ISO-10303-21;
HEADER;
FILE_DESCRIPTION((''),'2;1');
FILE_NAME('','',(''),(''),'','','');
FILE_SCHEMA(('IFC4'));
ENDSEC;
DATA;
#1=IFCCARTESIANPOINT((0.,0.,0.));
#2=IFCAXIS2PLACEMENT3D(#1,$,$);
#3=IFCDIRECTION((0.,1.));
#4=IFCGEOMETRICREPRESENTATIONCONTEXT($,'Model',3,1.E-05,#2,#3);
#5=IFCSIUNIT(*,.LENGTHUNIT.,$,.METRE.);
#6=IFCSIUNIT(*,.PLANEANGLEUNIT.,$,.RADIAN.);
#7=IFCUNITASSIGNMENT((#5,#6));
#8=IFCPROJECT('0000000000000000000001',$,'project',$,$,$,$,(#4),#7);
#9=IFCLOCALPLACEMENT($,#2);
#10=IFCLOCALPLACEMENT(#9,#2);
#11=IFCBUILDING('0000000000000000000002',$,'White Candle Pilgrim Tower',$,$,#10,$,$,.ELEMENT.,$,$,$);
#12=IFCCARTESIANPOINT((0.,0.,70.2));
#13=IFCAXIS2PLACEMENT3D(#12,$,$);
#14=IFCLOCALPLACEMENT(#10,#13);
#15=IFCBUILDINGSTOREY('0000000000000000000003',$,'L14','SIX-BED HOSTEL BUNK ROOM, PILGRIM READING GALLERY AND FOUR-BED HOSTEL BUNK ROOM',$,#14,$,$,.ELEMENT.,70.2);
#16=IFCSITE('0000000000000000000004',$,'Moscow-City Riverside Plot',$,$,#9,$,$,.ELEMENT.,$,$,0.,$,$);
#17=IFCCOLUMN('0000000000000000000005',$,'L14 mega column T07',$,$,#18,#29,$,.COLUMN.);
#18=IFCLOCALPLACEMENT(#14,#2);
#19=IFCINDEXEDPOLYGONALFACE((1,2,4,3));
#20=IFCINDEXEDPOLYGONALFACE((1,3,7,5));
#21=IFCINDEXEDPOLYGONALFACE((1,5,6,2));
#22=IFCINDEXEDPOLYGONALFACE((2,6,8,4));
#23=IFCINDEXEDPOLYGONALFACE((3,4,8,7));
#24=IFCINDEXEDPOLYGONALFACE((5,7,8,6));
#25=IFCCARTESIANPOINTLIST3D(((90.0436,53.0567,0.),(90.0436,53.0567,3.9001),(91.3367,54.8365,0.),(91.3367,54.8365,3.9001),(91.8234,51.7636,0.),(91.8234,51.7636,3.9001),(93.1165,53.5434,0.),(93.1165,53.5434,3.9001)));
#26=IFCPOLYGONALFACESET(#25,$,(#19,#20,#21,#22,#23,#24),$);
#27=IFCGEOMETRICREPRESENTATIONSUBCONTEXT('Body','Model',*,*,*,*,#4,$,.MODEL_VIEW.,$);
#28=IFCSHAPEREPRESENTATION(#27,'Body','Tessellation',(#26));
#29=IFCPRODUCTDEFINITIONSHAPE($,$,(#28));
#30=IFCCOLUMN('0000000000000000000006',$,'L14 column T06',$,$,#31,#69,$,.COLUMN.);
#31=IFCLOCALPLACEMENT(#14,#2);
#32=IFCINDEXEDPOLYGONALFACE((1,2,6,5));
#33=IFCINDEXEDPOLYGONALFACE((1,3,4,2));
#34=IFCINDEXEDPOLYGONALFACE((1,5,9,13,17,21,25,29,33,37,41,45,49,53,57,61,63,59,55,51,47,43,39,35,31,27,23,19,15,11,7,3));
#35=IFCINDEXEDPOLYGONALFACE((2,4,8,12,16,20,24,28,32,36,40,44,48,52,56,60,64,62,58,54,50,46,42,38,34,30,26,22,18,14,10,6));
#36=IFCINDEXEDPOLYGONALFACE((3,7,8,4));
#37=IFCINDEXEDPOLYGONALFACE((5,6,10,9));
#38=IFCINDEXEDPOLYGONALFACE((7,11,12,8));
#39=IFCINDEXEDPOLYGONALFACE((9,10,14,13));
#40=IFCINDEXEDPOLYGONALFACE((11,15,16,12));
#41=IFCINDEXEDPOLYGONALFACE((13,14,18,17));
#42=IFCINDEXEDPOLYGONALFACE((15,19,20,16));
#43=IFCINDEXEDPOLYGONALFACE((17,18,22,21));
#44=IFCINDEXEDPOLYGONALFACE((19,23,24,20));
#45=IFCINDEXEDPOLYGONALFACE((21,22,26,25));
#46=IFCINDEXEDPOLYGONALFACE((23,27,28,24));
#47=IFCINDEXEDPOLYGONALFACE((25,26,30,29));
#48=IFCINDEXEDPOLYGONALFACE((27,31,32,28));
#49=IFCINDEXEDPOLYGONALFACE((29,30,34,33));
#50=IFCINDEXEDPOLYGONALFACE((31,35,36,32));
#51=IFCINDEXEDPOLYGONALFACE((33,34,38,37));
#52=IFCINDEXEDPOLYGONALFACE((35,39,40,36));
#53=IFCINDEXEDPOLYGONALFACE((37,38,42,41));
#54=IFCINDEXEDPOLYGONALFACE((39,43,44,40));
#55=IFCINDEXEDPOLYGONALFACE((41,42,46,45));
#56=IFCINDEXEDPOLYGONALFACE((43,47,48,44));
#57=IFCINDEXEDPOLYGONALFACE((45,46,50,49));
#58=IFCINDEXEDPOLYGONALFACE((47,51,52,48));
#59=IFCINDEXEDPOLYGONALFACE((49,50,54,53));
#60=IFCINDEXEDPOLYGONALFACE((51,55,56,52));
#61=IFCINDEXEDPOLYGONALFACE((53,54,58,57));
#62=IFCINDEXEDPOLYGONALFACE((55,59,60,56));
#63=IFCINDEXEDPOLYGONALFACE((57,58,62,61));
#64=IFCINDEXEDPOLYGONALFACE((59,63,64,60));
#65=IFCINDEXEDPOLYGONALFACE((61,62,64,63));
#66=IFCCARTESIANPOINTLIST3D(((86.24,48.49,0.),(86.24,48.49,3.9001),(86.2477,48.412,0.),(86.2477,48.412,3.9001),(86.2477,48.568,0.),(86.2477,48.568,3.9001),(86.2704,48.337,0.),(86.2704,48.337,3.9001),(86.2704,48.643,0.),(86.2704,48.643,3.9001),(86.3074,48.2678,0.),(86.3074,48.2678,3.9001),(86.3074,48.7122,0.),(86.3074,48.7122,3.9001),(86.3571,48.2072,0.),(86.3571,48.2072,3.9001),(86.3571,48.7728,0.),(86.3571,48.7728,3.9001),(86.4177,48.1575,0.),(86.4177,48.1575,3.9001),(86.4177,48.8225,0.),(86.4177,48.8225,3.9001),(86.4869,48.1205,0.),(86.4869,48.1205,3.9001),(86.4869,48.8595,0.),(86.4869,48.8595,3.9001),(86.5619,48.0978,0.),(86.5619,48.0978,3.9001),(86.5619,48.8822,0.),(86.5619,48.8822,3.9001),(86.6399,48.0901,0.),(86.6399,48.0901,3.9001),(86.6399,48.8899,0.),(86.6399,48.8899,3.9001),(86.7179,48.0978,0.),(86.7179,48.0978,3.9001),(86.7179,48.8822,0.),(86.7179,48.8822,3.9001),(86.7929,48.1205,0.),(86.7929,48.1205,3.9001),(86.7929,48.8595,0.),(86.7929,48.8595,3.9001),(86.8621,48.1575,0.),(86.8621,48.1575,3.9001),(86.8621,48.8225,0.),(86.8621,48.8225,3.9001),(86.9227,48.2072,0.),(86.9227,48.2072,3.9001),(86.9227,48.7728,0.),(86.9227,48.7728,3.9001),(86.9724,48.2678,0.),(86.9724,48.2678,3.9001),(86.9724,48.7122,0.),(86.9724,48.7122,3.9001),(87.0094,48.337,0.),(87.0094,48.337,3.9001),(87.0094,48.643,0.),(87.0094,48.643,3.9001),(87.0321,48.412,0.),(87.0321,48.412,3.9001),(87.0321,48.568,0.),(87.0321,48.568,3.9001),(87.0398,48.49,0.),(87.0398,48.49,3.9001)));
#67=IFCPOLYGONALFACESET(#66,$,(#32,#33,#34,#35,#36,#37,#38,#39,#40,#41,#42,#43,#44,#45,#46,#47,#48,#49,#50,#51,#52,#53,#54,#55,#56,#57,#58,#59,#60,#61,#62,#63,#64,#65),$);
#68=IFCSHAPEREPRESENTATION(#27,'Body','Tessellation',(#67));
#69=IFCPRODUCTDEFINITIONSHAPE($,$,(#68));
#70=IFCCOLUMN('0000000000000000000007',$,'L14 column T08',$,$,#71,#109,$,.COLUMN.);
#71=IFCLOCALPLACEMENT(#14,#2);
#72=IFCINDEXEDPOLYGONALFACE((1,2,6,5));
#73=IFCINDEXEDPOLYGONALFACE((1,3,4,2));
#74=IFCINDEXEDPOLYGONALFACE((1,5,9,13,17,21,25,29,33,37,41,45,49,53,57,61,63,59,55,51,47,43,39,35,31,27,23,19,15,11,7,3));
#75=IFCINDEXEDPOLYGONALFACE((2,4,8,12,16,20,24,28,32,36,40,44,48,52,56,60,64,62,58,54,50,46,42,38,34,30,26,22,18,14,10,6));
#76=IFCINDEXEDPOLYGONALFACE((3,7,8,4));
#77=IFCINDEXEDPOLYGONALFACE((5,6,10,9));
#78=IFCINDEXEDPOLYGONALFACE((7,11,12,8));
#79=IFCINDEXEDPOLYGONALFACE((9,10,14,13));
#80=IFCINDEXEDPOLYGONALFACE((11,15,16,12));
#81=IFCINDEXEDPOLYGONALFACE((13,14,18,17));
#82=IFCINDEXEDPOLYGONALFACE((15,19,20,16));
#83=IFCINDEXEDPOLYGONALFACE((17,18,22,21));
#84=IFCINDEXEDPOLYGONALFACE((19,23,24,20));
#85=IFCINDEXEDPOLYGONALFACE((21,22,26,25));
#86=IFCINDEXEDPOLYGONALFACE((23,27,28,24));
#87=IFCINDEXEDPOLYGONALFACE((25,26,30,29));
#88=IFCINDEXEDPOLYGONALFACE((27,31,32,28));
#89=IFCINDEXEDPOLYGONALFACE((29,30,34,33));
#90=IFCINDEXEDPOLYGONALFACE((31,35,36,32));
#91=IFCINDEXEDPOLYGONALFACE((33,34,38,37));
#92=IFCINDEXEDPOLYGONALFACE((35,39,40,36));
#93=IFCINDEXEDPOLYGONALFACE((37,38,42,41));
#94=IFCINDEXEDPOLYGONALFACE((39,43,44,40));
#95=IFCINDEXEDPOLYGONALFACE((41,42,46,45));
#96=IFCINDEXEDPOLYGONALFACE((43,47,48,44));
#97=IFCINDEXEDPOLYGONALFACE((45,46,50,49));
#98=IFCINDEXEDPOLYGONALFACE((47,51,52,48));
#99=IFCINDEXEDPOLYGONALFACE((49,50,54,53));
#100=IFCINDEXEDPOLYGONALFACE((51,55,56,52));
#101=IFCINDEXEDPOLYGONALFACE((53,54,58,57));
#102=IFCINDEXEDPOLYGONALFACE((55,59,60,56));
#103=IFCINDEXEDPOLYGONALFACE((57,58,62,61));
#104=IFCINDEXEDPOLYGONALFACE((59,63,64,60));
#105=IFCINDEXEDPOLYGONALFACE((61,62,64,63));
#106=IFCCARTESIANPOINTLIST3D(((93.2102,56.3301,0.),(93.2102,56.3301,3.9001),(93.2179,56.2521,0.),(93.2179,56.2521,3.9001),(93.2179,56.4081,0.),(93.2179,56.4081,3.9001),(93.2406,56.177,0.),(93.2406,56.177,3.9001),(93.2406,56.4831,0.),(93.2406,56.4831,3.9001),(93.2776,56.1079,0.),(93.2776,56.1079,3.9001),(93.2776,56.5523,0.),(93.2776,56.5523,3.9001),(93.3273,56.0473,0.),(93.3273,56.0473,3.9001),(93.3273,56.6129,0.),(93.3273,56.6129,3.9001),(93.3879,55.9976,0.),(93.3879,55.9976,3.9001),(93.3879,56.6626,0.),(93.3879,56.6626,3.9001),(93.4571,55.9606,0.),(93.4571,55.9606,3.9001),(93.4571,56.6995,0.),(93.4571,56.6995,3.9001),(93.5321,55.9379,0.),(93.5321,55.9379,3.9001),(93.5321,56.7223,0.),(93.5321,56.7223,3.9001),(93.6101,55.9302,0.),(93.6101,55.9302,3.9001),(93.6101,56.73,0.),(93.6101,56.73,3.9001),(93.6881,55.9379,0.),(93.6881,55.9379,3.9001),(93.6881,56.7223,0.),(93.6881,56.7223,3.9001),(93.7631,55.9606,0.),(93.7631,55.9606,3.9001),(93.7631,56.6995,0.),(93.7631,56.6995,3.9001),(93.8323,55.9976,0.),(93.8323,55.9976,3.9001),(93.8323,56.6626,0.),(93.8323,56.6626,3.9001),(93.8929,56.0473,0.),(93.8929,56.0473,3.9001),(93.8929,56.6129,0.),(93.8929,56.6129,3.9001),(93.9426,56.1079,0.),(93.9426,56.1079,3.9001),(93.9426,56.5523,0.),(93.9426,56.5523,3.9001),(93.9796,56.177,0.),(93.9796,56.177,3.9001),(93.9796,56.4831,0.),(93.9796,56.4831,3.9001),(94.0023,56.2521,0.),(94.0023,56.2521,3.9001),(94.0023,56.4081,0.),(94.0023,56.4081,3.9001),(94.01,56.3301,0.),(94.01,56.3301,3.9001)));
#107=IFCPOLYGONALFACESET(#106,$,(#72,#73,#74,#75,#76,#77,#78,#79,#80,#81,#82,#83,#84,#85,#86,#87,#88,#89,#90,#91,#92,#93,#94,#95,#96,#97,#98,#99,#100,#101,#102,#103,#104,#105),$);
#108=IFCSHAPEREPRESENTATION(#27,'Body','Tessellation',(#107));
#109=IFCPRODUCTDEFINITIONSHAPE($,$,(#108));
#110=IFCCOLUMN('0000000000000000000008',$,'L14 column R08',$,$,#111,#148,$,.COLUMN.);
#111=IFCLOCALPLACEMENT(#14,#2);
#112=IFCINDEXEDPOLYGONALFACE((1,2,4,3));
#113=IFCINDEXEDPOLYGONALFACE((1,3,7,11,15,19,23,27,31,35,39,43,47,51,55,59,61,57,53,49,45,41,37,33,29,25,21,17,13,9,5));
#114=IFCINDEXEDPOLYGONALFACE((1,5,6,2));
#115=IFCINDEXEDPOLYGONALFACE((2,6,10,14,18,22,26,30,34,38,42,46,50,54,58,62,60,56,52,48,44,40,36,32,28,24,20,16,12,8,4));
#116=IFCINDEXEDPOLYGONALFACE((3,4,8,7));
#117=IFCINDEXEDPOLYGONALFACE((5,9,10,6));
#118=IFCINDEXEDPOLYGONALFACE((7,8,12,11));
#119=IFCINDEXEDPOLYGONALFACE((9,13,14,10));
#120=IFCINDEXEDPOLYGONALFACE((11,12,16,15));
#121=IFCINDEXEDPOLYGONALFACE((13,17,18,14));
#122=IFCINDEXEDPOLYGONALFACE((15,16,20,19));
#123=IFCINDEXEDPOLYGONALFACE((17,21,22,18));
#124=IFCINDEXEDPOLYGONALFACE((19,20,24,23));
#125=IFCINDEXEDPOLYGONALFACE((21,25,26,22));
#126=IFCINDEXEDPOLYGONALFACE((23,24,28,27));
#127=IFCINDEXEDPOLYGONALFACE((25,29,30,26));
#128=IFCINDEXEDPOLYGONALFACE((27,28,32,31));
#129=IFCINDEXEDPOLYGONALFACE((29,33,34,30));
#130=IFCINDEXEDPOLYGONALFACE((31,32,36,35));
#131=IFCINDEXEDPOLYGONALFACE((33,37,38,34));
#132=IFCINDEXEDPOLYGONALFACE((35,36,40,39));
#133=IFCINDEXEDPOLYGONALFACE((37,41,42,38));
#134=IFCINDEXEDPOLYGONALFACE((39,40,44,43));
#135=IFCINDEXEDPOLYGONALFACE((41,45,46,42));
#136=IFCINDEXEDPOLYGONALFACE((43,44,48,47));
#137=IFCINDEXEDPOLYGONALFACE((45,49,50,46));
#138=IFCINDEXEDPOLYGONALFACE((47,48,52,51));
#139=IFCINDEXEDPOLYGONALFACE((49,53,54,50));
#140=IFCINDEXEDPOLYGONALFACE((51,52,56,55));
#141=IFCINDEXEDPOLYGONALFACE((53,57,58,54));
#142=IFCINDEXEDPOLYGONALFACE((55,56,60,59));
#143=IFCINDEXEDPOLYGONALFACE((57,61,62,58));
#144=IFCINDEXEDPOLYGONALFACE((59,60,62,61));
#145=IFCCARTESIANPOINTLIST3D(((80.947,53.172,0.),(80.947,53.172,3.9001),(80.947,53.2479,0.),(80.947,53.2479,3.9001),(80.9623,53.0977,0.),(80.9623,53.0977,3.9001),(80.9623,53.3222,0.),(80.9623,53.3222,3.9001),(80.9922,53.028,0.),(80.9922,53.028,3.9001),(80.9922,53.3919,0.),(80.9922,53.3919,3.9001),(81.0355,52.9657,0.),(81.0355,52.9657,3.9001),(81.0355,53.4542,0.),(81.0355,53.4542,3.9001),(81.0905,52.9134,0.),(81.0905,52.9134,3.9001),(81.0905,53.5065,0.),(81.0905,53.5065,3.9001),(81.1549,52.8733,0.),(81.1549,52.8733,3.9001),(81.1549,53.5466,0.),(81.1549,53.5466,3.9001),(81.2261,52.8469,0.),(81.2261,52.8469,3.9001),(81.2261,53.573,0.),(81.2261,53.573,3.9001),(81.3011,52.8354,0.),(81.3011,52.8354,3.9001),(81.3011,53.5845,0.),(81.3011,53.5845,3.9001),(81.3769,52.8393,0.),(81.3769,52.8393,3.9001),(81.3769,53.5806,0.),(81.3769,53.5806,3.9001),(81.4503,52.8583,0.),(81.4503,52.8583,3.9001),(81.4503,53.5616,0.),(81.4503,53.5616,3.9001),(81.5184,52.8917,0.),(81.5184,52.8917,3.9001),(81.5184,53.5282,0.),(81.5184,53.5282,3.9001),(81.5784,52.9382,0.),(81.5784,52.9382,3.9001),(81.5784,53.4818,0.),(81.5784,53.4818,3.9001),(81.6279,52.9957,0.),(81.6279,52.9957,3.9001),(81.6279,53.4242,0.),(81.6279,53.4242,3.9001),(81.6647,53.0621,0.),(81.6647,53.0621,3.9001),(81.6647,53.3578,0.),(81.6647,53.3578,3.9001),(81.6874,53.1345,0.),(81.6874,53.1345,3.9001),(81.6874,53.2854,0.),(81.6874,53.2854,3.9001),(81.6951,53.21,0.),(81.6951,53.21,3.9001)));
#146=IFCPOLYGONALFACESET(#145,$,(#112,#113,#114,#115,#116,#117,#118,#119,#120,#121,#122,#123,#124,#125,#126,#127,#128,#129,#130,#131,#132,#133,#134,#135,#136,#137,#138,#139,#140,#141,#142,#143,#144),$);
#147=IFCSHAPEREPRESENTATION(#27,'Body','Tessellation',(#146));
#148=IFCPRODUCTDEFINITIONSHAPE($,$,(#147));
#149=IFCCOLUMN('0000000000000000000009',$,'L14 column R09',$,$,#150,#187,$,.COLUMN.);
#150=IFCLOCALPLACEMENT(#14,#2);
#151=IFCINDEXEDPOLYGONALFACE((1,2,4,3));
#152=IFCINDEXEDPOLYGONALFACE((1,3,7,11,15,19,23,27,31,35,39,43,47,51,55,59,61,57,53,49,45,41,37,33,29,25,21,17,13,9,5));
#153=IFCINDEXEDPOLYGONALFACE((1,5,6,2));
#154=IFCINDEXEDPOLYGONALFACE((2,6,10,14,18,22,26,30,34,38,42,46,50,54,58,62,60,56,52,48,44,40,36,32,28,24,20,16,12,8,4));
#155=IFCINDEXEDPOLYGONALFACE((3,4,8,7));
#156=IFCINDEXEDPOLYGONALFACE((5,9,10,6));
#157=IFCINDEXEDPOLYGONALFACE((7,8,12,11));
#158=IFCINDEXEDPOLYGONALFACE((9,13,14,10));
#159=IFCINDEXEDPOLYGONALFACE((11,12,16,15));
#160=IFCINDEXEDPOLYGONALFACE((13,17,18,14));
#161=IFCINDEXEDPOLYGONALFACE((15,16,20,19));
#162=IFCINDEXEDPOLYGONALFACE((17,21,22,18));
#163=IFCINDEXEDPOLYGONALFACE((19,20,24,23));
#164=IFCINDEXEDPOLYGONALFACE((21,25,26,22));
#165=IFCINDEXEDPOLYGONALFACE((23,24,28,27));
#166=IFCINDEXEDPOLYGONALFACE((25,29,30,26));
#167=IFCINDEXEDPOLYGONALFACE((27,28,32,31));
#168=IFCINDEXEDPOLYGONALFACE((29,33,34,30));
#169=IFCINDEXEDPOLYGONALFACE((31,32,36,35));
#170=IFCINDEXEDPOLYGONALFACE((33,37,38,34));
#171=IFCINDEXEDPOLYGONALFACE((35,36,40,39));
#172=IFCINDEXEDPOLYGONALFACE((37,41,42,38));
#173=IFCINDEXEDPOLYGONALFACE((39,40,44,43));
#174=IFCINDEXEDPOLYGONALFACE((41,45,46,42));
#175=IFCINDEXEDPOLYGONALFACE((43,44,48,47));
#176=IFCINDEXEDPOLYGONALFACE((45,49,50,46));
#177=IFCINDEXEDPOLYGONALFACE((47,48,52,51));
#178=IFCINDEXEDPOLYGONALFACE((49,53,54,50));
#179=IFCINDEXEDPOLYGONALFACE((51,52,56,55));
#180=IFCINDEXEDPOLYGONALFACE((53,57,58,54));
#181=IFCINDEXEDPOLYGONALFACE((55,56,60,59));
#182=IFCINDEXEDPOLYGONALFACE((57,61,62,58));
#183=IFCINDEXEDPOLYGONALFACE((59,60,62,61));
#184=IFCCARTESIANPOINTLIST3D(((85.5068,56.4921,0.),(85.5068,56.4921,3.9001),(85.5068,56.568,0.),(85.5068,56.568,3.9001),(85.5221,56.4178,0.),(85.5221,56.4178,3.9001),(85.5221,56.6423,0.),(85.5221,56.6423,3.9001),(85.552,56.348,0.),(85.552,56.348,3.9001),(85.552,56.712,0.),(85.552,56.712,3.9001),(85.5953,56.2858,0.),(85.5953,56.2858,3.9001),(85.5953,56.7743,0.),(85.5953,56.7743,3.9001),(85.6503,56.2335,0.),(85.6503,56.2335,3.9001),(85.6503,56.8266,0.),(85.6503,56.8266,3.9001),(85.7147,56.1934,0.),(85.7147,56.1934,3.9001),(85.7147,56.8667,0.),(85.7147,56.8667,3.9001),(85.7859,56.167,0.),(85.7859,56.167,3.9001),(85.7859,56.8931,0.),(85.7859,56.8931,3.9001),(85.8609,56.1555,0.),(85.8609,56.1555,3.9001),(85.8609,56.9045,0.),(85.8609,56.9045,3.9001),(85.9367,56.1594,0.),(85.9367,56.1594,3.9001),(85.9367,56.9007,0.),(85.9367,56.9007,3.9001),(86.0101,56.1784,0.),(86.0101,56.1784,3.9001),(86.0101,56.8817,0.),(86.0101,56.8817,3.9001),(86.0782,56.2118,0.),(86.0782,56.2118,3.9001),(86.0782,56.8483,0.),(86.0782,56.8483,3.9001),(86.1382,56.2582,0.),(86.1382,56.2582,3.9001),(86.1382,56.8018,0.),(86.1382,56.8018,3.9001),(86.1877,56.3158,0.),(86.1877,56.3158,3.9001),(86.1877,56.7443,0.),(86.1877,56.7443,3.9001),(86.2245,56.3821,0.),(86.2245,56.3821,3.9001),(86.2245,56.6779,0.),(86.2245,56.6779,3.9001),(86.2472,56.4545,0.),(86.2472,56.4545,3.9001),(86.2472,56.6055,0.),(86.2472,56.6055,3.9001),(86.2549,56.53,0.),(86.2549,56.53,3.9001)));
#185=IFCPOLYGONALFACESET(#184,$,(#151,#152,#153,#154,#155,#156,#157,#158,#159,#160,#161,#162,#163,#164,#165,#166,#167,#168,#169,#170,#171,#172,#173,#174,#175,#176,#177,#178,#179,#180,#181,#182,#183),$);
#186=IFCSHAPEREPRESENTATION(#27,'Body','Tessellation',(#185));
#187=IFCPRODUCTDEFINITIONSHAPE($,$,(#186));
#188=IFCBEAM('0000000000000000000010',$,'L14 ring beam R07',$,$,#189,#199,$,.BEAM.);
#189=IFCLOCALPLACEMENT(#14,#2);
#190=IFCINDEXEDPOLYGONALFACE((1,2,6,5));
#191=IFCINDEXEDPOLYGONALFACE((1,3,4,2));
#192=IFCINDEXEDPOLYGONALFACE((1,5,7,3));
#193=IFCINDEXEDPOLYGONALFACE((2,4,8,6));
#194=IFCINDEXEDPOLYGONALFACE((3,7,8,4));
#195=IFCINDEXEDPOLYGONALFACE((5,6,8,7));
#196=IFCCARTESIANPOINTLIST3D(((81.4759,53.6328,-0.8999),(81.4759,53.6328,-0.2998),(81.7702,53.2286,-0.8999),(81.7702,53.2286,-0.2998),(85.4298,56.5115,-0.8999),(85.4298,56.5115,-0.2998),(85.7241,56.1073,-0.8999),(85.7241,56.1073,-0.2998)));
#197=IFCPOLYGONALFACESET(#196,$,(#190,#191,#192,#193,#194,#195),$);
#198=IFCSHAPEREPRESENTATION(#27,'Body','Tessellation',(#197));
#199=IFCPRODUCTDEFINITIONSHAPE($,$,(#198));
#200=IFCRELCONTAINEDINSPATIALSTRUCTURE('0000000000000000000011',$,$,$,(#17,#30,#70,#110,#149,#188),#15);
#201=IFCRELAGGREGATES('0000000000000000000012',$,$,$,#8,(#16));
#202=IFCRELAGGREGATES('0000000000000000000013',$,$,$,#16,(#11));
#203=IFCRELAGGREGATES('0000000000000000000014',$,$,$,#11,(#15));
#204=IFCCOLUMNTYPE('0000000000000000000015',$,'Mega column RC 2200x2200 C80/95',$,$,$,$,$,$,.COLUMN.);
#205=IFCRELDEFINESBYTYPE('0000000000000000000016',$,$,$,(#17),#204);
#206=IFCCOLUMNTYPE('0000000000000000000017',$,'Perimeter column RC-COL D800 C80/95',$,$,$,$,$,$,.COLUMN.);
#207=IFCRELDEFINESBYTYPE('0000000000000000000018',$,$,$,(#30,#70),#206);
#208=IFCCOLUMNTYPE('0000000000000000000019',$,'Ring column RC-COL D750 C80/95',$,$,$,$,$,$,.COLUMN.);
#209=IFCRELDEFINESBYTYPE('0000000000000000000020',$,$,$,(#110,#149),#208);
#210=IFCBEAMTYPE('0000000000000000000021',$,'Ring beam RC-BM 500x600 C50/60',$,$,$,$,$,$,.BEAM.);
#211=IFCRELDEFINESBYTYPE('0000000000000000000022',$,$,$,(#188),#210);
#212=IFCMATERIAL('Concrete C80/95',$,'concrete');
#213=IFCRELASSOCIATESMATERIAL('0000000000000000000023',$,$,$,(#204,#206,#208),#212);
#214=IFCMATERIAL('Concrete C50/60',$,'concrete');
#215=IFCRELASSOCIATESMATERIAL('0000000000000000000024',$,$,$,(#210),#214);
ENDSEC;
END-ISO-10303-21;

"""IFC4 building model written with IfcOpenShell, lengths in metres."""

from ifc_helpers import new_model, si_unit, direction, frame, origin, origin_2d, place, context, subcontext, project, spatial, rectangle, circle, extrude, material, material_profile, profile_set, type_object, element, save


model = new_model("IFC4")

# Units and contexts
model_context = context("Model", 3, precision=1e-05, world=origin(), true_north=direction((0.0, 1.0)))
body_context = subcontext(model_context, "Body", "Model", "MODEL_VIEW")
ifc_project = project(units=[si_unit("LENGTHUNIT", "METRE"), si_unit("PLANEANGLEUNIT", "RADIAN")], contexts=[model_context])

# Site, building, storey
site_placement = place(None, origin())
site = spatial("IfcSite", under=ifc_project, at=site_placement, Name="Moscow-City Riverside Plot", CompositionType="ELEMENT", RefElevation=0.0)
building_placement = place(site_placement, origin())
building = spatial("IfcBuilding", under=site, at=building_placement, Name="White Candle Pilgrim Tower", CompositionType="ELEMENT")
storey_placement = place(building_placement, frame((0.0, 0.0, 70.2)))
storey = spatial("IfcBuildingStorey", under=building, at=storey_placement, Name="L14", Description="SIX-BED HOSTEL BUNK ROOM, PILGRIM READING GALLERY AND FOUR-BED HOSTEL BUNK ROOM", CompositionType="ELEMENT", Elevation=70.2)

# Columns
ifc_material_1 = material(Name="Concrete C80/95", Category="concrete")
ifc_material_profile_1 = material_profile(ifc_material_1, rectangle(XDim=2.2, YDim=2.2, at=origin_2d()), Name="RC 2200x2200")
ifc_profile_set_1 = profile_set([ifc_material_profile_1], Name="Concrete C80/95")
column_type_1 = type_object("IfcColumnType", Name="Mega column RC 2200x2200 C80/95", PredefinedType="COLUMN", material=ifc_profile_set_1)
column_placement = place(storey_placement, frame((91.5801, 53.3, 0.0), z_axis=(0.0, 0.0, 1.0), x_axis=(0.809017, -0.587785, 0.0)))
element("IfcColumn", 1, at=column_placement, inside=storey, type_object=column_type_1, Name="L14 mega column T07", PredefinedType="COLUMN", context=body_context, shape_type="SweptSolid", body=[
    extrude(rectangle(XDim=2.2, YDim=2.2, at=origin_2d()), origin(), (0.0, 0.0, 1.0), 3.9001),
])
ifc_material_profile_2 = material_profile(ifc_material_1, circle(Radius=0.3999, at=origin_2d()), Name="RC-COL D800")
ifc_profile_set_2 = profile_set([ifc_material_profile_2], Name="Concrete C80/95")
column_type_2 = type_object("IfcColumnType", Name="Perimeter column RC-COL D800 C80/95", PredefinedType="COLUMN", material=ifc_profile_set_2)
for number, where, z_axis, x_axis, name in (
    (2, (86.6399, 48.49, 0.0), (0.0, 0.0, 1.0), (1.0, 0.0, 0.0), "L14 column T06"),
    (3, (93.6101, 56.3301, 0.0), (0.0, 0.0, 1.0), (1.0, 0.0, 0.0), "L14 column T08"),
):
    element("IfcColumn", number, at=place(storey_placement, frame(where, z_axis=z_axis, x_axis=x_axis)), inside=storey, type_object=column_type_2, Name=name, PredefinedType="COLUMN", context=body_context, shape_type="SweptSolid", body=[
        extrude(circle(Radius=0.3999, at=origin_2d()), origin(), (0.0, 0.0, 1.0), 3.9001),
    ])
ifc_material_profile_3 = material_profile(ifc_material_1, circle(Radius=0.375, at=origin_2d()), Name="RC-COL D750")
ifc_profile_set_3 = profile_set([ifc_material_profile_3], Name="Concrete C80/95")
column_type_3 = type_object("IfcColumnType", Name="Ring column RC-COL D750 C80/95", PredefinedType="COLUMN", material=ifc_profile_set_3)
for number, where, z_axis, x_axis, name in (
    (4, (81.3201, 53.21, 0.0), (0.0, 0.0, 1.0), (1.0, 0.0, 0.0), "L14 column R08"),
    (5, (85.8799, 56.53, 0.0), (0.0, 0.0, 1.0), (1.0, 0.0, 0.0), "L14 column R09"),
):
    element("IfcColumn", number, at=place(storey_placement, frame(where, z_axis=z_axis, x_axis=x_axis)), inside=storey, type_object=column_type_3, Name=name, PredefinedType="COLUMN", context=body_context, shape_type="SweptSolid", body=[
        extrude(circle(Radius=0.375, at=origin_2d()), origin(), (0.0, 0.0, 1.0), 3.9001),
    ])

# Beam
ifc_material_2 = material(Name="Concrete C50/60", Category="concrete")
ifc_material_profile_4 = material_profile(ifc_material_2, rectangle(XDim=0.5, YDim=0.6001, at=origin_2d()), Name="RC-BM 500x600")
ifc_profile_set_4 = profile_set([ifc_material_profile_4], Name="Concrete C50/60")
beam_type_1 = type_object("IfcBeamType", Name="Ring beam RC-BM 500x600 C50/60", PredefinedType="BEAM", material=ifc_profile_set_4)
beam_1_placement = place(storey_placement, frame((81.623, 53.4307, -0.5999), z_axis=(0.808432, 0.58859, 0.0), x_axis=(-0.58859, 0.808432, 0.0)))
element("IfcBeam", 6, at=beam_1_placement, inside=storey, type_object=beam_type_1, Name="L14 ring beam R07", PredefinedType="BEAM", context=body_context, shape_type="SweptSolid", body=[
    extrude(rectangle(XDim=0.5, YDim=0.6001, at=origin_2d()), origin(), (0.0, 0.0, 1.0), 4.8909),
])

save(model, "model.ifc")
